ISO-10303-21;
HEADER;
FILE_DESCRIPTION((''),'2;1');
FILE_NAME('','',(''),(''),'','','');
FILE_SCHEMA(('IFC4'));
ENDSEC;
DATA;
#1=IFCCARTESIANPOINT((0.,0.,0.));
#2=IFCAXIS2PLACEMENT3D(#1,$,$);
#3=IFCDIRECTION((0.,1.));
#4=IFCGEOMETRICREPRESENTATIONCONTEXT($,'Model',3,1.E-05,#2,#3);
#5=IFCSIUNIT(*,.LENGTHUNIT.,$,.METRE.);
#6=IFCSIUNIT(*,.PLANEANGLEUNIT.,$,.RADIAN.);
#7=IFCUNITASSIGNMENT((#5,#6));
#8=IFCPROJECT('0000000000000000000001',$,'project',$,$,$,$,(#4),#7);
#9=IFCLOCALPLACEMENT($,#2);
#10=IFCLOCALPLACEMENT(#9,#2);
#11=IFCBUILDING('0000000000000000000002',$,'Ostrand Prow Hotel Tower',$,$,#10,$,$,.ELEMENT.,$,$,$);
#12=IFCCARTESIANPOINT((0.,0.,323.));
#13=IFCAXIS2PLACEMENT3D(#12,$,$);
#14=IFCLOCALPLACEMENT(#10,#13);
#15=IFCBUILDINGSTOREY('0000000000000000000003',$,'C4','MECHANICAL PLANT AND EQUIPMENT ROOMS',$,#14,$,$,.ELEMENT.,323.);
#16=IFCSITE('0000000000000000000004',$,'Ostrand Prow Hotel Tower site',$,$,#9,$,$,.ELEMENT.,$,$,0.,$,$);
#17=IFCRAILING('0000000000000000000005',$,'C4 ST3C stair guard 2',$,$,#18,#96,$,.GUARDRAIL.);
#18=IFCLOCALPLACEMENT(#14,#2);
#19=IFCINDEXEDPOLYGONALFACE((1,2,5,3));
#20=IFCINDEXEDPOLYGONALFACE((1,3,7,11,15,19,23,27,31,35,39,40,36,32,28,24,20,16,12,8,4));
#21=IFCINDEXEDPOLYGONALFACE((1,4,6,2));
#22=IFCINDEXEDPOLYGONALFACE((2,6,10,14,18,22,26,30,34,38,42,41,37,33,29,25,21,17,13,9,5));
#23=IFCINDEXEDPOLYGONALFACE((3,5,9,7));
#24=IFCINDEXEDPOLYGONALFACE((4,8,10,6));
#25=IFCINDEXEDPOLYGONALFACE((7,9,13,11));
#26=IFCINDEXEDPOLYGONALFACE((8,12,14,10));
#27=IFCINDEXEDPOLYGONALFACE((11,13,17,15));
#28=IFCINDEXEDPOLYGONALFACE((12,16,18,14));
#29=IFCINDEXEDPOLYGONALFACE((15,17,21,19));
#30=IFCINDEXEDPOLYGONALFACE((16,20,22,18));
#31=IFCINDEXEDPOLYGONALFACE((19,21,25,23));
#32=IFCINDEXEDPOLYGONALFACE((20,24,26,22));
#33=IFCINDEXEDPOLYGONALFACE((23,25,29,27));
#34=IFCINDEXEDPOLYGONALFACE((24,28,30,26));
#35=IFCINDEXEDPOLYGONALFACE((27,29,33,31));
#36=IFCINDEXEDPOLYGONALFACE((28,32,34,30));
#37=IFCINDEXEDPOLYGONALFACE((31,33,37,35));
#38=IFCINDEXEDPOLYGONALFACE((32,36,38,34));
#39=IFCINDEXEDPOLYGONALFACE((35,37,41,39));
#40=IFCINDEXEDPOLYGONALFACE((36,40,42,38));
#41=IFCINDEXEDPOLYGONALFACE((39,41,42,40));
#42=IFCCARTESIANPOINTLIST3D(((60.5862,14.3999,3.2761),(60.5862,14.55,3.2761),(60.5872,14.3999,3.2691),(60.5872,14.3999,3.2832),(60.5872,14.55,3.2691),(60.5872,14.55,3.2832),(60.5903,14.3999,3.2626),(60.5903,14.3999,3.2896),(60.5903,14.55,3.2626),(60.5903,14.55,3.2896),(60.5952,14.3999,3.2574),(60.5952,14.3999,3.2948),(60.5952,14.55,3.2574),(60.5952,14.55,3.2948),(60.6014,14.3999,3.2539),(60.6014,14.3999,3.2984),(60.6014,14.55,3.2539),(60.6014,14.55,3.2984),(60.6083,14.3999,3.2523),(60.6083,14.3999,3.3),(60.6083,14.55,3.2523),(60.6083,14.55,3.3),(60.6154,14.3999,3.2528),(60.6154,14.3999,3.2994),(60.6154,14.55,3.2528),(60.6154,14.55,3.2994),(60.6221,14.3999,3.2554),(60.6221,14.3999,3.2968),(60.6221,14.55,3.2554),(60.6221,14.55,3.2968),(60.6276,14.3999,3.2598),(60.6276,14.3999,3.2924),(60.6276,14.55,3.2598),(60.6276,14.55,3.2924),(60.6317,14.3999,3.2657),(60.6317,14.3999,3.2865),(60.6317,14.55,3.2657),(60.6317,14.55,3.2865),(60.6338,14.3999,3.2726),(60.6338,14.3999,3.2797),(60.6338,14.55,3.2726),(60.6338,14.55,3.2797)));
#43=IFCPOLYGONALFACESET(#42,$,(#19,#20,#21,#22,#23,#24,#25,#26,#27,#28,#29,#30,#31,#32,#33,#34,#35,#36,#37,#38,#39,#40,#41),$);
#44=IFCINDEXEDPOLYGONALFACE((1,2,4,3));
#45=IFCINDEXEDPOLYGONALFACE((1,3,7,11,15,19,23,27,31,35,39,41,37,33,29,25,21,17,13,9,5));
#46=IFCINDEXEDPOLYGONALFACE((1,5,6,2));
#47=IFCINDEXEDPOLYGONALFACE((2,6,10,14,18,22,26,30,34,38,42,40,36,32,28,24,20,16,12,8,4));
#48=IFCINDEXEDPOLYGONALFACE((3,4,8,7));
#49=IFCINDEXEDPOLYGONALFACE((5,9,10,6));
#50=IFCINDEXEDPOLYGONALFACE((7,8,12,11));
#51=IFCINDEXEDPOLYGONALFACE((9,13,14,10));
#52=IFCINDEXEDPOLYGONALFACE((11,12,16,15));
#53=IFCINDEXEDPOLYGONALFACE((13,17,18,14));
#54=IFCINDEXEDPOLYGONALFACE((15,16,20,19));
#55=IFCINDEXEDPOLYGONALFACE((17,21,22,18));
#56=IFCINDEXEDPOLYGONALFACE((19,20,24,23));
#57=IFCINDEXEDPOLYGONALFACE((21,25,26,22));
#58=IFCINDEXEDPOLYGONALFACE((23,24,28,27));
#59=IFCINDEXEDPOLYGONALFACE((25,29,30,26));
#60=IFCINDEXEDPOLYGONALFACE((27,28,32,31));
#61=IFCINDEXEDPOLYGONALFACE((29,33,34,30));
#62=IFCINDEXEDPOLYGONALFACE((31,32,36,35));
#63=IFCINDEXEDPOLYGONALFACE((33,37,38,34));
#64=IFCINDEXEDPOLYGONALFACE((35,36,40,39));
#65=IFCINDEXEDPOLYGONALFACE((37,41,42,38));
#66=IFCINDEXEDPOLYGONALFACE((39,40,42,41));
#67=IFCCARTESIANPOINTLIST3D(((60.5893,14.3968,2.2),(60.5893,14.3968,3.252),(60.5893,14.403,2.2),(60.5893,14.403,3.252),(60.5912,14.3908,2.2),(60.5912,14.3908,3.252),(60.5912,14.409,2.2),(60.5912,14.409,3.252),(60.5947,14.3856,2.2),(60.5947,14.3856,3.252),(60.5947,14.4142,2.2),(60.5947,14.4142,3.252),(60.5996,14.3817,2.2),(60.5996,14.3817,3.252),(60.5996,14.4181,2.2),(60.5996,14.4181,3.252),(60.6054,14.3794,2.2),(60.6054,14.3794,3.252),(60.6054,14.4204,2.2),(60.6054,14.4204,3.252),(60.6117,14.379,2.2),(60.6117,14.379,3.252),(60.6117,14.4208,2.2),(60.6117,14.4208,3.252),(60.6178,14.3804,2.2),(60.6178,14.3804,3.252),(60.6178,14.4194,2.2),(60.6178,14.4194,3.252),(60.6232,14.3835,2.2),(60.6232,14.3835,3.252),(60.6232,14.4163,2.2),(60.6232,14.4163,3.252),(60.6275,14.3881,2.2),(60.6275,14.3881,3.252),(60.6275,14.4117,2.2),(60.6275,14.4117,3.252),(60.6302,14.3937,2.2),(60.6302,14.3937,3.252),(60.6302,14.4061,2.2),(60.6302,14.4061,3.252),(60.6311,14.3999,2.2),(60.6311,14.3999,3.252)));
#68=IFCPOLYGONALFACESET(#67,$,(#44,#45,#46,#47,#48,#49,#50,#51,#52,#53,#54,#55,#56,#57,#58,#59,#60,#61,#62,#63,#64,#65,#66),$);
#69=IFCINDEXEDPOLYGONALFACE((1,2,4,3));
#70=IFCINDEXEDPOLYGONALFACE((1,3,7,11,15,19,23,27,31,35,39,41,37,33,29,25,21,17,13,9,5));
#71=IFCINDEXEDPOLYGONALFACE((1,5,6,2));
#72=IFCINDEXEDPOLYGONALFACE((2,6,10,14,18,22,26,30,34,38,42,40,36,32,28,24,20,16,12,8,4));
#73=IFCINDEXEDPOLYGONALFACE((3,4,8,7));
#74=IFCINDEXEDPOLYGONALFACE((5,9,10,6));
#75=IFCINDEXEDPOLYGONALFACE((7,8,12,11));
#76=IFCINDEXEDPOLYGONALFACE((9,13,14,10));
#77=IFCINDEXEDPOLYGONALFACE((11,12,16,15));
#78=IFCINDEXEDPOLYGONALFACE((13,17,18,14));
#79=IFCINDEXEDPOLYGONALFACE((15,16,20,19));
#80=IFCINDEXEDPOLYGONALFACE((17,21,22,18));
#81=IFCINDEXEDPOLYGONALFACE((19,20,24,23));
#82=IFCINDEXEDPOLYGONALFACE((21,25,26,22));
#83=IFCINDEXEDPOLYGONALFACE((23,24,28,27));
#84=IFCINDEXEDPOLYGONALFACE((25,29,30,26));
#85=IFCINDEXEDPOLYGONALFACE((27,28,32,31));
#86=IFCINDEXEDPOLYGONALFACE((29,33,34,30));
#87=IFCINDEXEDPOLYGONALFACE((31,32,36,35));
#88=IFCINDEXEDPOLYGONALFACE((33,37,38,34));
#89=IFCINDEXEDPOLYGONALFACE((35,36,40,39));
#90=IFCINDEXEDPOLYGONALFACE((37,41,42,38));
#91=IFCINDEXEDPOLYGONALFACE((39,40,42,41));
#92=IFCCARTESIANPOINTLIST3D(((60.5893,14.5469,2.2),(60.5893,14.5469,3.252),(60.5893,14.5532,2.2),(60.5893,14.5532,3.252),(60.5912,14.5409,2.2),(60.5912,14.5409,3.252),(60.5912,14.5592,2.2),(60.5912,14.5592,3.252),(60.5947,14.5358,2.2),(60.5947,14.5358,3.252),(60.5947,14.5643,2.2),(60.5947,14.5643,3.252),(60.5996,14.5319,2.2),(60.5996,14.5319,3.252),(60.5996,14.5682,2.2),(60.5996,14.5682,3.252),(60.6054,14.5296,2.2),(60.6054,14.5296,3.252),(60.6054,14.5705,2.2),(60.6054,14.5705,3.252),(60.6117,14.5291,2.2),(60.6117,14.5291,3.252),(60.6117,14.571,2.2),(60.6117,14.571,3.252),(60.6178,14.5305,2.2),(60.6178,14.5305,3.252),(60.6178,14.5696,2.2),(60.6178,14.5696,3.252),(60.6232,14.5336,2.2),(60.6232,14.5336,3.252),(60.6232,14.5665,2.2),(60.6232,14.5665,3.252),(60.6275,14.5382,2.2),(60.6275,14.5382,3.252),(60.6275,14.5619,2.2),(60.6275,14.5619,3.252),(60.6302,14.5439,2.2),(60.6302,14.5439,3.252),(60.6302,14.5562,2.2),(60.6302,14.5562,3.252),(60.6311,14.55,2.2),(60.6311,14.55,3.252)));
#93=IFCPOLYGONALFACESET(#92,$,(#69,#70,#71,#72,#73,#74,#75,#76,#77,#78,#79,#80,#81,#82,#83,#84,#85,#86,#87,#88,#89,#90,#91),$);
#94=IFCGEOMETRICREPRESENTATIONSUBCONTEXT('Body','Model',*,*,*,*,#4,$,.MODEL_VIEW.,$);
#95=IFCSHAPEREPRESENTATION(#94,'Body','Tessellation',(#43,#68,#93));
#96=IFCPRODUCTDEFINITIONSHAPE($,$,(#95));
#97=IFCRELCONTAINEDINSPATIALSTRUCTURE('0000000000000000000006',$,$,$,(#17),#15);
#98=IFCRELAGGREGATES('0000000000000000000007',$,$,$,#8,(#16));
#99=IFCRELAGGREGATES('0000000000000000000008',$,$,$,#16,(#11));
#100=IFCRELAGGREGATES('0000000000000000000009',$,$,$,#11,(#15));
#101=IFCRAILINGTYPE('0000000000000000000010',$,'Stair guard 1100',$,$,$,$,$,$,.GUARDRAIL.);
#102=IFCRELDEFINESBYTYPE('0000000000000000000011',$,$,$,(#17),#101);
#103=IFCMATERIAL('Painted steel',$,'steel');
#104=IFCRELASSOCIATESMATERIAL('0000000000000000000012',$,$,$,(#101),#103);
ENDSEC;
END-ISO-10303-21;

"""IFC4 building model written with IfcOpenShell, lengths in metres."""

from ifc_helpers import new_model, si_unit, direction, frame, origin, origin_2d, place, context, subcontext, project, spatial, circle, extrude, material, type_object, element, save


model = new_model("IFC4")

# Units and contexts
model_context = context("Model", 3, precision=1e-05, world=origin(), true_north=direction((0.0, 1.0)))
body_context = subcontext(model_context, "Body", "Model", "MODEL_VIEW")
ifc_project = project(units=[si_unit("LENGTHUNIT", "METRE"), si_unit("PLANEANGLEUNIT", "RADIAN")], contexts=[model_context])

# Site, building, storey
site_placement = place(None, origin())
site = spatial("IfcSite", under=ifc_project, at=site_placement, Name="Ostrand Prow Hotel Tower site", CompositionType="ELEMENT", RefElevation=0.0)
building_placement = place(site_placement, origin())
building = spatial("IfcBuilding", under=site, at=building_placement, Name="Ostrand Prow Hotel Tower", CompositionType="ELEMENT")
storey_placement = place(building_placement, frame((0.0, 0.0, 323.0)))
storey = spatial("IfcBuildingStorey", under=building, at=storey_placement, Name="C4", Description="MECHANICAL PLANT AND EQUIPMENT ROOMS", CompositionType="ELEMENT", Elevation=323.0)

# Railing
ifc_material_1 = material(Name="Painted steel", Category="steel")
railing_type_1 = type_object("IfcRailingType", Name="Stair guard 1100", PredefinedType="GUARDRAIL", material=ifc_material_1)
railing_1_placement = place(storey_placement, frame((60.6101, 14.3999, 2.2)))
element("IfcRailing", 1, at=railing_1_placement, inside=storey, type_object=railing_type_1, Name="C4 ST3C stair guard 2", PredefinedType="GUARDRAIL", context=body_context, shape_type="SweptSolid", body=[
    extrude(circle(Radius=0.0239, at=origin_2d()), frame((0.0, 0.0, 1.0762), z_axis=(0.0, 1.0, 0.0), x_axis=(-1.0, 0.0, 0.0)), (0.0, 0.0, 1.0), 0.1501),
    extrude(circle(Radius=0.021, at=origin_2d()), origin(), (0.0, 0.0, 1.0), 1.052),
    extrude(circle(Radius=0.021, at=origin_2d()), frame((0.0, 0.1501, 0.0)), (0.0, 0.0, 1.0), 1.052),
])

save(model, "model.ifc")
